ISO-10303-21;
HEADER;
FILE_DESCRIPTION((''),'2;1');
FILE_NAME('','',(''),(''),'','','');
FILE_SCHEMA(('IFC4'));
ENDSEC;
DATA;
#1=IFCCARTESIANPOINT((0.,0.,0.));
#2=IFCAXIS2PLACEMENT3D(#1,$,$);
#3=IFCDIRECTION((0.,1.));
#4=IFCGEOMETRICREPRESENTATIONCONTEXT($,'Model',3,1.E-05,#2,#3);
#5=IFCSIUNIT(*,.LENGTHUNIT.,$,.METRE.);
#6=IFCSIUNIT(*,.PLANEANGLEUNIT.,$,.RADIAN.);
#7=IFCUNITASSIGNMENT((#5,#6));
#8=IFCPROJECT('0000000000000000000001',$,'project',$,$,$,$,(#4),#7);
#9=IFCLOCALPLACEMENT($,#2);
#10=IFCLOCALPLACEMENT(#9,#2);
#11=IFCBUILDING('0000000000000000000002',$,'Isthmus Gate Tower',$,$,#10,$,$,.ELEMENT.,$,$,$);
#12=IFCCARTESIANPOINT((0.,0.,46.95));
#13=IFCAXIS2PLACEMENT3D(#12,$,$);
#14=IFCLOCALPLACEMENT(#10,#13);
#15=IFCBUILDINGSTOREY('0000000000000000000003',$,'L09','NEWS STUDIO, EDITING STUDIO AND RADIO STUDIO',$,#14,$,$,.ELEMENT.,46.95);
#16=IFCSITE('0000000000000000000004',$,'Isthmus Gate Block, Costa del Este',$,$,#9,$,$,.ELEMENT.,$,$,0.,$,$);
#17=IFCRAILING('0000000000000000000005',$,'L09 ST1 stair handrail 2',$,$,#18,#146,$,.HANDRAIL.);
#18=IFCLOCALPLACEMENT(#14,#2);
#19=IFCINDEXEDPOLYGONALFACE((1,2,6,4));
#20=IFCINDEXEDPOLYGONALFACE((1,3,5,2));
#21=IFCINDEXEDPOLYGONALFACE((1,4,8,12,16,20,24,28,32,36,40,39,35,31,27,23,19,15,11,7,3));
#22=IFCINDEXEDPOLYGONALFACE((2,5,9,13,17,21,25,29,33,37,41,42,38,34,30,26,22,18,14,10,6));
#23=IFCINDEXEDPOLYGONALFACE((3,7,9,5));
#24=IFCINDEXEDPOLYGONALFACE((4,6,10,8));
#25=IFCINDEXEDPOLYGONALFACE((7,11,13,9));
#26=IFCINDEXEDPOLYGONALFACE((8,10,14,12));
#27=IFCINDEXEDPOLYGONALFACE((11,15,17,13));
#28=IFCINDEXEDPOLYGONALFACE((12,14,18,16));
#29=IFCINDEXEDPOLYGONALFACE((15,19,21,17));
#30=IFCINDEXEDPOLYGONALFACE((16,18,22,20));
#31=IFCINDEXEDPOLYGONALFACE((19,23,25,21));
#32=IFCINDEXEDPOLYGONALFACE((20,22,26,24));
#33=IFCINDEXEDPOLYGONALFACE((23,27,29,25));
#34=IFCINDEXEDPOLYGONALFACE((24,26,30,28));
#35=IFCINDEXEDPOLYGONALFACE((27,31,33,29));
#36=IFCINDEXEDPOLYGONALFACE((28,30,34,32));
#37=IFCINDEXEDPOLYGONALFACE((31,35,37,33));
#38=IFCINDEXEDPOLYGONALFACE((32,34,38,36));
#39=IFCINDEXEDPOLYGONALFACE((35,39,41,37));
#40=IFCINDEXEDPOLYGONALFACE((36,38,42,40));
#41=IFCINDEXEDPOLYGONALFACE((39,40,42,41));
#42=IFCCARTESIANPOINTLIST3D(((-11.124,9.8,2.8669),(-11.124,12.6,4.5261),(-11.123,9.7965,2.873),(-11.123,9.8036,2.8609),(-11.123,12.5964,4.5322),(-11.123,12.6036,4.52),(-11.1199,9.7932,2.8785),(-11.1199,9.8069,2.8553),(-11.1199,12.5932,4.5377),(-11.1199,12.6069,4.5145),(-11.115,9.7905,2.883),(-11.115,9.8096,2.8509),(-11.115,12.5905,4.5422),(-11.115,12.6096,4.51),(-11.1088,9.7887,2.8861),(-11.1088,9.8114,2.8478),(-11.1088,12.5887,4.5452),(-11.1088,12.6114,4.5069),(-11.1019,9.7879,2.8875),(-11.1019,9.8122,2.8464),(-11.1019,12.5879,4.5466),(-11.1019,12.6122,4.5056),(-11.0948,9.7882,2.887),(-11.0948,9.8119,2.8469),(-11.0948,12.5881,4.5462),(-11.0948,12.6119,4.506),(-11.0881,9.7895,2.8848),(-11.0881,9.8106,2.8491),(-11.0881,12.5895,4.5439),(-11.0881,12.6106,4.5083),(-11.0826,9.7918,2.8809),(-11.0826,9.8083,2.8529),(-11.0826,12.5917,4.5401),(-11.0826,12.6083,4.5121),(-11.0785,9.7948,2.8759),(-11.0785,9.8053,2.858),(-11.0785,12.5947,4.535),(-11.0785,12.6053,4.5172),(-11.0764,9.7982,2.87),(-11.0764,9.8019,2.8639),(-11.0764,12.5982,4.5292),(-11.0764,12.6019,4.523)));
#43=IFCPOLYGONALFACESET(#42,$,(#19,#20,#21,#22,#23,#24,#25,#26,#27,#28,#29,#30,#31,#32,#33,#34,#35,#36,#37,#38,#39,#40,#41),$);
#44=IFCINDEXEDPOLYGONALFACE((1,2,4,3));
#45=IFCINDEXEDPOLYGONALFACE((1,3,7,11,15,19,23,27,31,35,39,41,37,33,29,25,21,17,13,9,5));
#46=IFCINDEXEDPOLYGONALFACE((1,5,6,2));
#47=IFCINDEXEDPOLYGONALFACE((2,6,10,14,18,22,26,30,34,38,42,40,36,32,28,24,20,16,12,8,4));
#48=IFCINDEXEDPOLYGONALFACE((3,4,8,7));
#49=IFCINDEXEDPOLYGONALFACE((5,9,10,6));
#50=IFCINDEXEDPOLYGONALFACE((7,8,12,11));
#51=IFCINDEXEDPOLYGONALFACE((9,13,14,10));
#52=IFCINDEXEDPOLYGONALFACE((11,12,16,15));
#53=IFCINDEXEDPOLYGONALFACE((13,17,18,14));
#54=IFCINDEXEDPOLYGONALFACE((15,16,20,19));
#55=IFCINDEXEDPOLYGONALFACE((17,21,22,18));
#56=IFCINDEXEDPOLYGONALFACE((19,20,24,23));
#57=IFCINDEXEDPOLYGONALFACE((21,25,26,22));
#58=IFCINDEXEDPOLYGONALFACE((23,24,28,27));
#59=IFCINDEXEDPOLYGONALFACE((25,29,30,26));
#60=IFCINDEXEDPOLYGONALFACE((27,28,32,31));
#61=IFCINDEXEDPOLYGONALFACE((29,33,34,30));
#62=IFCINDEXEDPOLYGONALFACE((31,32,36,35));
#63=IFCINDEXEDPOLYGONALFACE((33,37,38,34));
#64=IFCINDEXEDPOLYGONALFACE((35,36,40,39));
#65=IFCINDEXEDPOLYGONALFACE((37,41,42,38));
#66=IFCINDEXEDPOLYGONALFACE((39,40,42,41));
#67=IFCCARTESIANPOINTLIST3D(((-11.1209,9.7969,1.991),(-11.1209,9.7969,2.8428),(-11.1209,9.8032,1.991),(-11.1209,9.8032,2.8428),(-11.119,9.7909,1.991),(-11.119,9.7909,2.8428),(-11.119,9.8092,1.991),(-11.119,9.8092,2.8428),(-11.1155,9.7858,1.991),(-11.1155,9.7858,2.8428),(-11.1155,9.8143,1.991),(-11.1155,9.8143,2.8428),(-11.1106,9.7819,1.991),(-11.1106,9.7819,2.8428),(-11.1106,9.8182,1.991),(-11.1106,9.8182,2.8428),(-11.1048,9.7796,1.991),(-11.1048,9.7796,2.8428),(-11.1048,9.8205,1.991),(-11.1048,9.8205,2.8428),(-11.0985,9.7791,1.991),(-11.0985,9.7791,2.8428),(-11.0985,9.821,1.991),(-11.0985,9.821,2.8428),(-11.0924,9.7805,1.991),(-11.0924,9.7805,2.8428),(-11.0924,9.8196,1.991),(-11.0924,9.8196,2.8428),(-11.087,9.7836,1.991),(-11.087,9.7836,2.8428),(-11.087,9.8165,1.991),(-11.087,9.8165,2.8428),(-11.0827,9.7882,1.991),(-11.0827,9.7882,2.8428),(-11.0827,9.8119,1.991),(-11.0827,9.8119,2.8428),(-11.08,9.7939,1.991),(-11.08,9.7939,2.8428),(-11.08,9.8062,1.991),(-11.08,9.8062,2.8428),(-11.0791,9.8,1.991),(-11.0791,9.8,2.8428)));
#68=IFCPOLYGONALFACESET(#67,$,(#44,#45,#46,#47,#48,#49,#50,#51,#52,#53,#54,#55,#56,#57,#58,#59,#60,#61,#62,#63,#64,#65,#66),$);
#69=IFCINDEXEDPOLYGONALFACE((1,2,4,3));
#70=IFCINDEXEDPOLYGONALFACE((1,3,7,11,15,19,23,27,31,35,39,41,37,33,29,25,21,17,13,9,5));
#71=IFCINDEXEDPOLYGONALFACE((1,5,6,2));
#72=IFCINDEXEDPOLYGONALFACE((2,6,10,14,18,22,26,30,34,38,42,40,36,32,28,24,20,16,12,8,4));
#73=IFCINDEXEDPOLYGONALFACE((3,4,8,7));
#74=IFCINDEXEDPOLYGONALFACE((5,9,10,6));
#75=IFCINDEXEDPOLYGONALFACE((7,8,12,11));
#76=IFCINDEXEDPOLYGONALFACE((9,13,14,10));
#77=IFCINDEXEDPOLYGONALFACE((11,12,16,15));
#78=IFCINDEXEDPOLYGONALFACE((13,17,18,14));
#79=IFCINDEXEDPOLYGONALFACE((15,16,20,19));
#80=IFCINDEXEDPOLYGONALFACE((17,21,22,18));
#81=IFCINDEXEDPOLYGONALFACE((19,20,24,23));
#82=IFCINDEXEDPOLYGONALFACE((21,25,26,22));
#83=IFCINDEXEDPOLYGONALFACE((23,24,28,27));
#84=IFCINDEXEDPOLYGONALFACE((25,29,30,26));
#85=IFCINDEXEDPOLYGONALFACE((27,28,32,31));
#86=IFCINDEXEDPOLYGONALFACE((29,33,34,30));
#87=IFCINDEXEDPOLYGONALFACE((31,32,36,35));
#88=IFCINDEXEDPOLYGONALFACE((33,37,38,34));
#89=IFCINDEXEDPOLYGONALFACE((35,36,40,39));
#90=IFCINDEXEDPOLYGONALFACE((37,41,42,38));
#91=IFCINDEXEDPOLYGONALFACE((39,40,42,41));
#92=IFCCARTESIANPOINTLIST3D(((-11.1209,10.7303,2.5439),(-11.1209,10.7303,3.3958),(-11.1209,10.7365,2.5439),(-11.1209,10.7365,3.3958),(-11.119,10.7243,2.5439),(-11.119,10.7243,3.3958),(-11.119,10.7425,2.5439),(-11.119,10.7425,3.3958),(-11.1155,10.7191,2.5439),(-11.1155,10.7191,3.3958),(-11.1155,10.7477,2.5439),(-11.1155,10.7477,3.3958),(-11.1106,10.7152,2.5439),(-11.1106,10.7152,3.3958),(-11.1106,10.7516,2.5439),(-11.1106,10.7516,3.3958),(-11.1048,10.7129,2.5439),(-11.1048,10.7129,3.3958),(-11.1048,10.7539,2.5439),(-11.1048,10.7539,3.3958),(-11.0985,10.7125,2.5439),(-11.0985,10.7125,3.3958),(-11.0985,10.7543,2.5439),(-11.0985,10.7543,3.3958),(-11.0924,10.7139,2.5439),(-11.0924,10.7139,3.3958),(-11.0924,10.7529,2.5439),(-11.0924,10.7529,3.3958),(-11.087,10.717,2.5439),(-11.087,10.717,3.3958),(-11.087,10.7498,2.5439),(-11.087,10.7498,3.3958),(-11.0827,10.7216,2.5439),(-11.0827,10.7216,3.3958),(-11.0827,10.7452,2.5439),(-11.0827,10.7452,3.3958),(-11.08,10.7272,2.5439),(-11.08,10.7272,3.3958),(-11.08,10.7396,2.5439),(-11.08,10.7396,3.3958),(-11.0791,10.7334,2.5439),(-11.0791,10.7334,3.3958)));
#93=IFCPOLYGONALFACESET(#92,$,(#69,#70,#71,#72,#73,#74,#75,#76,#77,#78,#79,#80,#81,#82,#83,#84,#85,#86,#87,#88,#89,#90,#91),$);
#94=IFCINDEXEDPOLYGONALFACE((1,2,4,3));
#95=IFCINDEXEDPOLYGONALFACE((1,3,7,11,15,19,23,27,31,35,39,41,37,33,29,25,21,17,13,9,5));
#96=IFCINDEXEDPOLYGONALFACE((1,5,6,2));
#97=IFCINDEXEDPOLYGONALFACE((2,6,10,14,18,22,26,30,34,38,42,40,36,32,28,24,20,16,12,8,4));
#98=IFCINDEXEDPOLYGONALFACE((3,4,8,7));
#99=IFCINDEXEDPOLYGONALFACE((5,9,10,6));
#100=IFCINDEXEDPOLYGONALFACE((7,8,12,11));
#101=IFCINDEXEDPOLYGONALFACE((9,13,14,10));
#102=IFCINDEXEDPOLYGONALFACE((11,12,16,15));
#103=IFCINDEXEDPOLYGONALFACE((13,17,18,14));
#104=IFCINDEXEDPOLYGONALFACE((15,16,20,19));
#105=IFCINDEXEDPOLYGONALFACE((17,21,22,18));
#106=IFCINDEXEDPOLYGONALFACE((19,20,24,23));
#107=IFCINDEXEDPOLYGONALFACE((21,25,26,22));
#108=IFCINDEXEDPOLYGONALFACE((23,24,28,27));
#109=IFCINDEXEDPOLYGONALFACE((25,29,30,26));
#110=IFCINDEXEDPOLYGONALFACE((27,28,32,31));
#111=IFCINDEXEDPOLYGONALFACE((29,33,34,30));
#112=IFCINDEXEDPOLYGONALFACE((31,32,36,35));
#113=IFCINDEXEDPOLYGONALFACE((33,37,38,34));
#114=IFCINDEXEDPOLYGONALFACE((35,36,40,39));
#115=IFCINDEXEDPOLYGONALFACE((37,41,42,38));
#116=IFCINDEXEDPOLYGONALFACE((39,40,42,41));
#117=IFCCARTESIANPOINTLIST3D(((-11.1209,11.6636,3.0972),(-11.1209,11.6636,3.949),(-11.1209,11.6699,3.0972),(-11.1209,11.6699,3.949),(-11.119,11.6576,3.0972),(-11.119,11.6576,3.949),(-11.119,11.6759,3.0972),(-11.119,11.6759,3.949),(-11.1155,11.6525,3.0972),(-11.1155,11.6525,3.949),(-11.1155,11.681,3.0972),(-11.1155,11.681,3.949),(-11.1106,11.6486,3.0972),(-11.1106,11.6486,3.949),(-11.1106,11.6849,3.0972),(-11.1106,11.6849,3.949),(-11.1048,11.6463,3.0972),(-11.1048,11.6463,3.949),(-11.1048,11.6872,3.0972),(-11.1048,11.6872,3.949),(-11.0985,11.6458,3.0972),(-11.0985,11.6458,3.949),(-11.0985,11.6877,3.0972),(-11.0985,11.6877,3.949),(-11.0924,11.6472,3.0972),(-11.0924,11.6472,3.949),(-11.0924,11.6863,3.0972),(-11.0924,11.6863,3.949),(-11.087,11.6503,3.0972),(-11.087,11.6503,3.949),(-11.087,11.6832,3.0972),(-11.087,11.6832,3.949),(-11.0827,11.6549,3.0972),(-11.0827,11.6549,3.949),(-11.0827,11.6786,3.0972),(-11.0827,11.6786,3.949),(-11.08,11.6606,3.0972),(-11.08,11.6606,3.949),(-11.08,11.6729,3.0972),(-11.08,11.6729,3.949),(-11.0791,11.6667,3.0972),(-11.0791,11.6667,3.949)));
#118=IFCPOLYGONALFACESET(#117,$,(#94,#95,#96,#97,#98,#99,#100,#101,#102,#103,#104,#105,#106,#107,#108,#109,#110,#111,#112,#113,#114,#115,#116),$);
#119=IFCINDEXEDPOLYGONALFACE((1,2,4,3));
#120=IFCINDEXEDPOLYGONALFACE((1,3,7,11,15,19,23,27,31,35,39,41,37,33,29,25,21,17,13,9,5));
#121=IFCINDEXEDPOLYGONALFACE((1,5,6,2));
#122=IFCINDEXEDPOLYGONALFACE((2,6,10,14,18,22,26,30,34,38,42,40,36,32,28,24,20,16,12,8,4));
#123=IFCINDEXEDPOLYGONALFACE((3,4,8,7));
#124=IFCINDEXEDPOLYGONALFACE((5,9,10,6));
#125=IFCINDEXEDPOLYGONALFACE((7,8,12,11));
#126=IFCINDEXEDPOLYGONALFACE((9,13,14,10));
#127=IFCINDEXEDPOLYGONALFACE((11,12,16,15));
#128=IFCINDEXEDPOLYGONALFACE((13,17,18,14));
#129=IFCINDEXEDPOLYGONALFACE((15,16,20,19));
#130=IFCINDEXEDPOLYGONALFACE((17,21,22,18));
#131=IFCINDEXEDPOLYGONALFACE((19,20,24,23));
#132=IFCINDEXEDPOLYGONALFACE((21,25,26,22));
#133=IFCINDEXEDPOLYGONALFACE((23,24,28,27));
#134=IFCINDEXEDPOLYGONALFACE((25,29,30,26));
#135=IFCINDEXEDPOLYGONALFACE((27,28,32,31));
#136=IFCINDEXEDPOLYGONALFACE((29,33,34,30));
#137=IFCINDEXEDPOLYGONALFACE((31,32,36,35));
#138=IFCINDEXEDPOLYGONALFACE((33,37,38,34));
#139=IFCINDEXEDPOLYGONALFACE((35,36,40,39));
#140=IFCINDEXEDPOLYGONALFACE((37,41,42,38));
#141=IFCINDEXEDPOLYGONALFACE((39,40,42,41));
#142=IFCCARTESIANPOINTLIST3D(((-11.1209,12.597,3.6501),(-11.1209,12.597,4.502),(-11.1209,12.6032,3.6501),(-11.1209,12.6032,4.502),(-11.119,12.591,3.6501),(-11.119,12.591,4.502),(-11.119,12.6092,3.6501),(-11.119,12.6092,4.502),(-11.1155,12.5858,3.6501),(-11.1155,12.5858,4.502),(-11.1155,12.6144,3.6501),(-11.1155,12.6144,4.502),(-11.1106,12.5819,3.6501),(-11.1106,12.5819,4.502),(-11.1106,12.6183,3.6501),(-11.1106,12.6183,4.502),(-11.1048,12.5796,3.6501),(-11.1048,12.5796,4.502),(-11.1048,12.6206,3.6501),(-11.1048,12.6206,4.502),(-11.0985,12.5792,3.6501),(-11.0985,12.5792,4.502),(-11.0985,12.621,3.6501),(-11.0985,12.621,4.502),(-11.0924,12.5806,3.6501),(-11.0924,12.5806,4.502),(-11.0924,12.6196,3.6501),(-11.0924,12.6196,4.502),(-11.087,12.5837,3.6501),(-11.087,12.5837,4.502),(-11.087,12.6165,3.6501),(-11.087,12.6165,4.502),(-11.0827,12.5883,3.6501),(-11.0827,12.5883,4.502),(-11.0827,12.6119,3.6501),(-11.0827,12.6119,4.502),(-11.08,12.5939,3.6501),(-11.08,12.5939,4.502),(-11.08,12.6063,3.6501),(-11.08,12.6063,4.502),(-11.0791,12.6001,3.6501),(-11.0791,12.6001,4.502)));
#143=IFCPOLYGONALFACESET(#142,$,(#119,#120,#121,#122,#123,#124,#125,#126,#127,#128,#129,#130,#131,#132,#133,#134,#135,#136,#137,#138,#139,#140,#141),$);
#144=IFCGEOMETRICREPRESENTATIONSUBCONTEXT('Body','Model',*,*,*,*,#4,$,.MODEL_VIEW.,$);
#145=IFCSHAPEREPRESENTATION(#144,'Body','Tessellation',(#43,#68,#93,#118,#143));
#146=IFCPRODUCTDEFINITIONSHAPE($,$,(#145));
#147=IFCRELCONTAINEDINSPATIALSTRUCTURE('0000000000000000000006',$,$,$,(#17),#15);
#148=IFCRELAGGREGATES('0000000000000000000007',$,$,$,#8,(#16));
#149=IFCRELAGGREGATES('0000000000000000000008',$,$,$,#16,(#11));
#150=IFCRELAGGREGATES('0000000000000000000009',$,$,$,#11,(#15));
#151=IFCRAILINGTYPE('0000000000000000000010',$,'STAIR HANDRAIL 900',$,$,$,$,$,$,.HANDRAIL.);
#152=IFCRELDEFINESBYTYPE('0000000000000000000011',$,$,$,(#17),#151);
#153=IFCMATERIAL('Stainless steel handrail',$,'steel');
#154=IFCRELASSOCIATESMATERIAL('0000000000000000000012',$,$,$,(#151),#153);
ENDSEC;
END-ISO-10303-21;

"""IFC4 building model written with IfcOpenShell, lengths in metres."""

from ifc_helpers import new_model, si_unit, direction, frame, origin, origin_2d, place, context, subcontext, project, spatial, circle, extrude, material, type_object, element, save


model = new_model("IFC4")

# Units and contexts
model_context = context("Model", 3, precision=1e-05, world=origin(), true_north=direction((0.0, 1.0)))
body_context = subcontext(model_context, "Body", "Model", "MODEL_VIEW")
ifc_project = project(units=[si_unit("LENGTHUNIT", "METRE"), si_unit("PLANEANGLEUNIT", "RADIAN")], contexts=[model_context])

# Site, building, storey
site_placement = place(None, origin())
site = spatial("IfcSite", under=ifc_project, at=site_placement, Name="Isthmus Gate Block, Costa del Este", CompositionType="ELEMENT", RefElevation=0.0)
building_placement = place(site_placement, origin())
building = spatial("IfcBuilding", under=site, at=building_placement, Name="Isthmus Gate Tower", CompositionType="ELEMENT")
storey_placement = place(building_placement, frame((0.0, 0.0, 46.95)))
storey = spatial("IfcBuildingStorey", under=building, at=storey_placement, Name="L09", Description="NEWS STUDIO, EDITING STUDIO AND RADIO STUDIO", CompositionType="ELEMENT", Elevation=46.95)

# Railing
ifc_material_1 = material(Name="Stainless steel handrail", Category="steel")
railing_type_1 = type_object("IfcRailingType", Name="STAIR HANDRAIL 900", PredefinedType="HANDRAIL", material=ifc_material_1)
railing_1_placement = place(storey_placement, frame((-11.1001, 9.8, 1.991)))
element("IfcRailing", 1, at=railing_1_placement, inside=storey, type_object=railing_type_1, Name="L09 ST1 stair handrail 2", PredefinedType="HANDRAIL", context=body_context, shape_type="SweptSolid", body=[
    extrude(circle(Radius=0.0239, at=origin_2d()), frame((0.0, 0.0, 0.876), z_axis=(0.0, 0.860306, 0.509778), x_axis=(-1.0, 0.0, 0.0)), (0.0, 0.0, 1.0), 3.2546),
    extrude(circle(Radius=0.021, at=origin_2d()), origin(), (0.0, 0.0, 1.0), 0.8518),
    extrude(circle(Radius=0.021, at=origin_2d()), frame((0.0, 0.9333, 0.553)), (0.0, 0.0, 1.0), 0.8518),
    extrude(circle(Radius=0.021, at=origin_2d()), frame((0.0, 1.8667, 1.1062)), (0.0, 0.0, 1.0), 0.8518),
    extrude(circle(Radius=0.021, at=origin_2d()), frame((0.0, 2.8, 1.6592)), (0.0, 0.0, 1.0), 0.8518),
])

save(model, "model.ifc")
